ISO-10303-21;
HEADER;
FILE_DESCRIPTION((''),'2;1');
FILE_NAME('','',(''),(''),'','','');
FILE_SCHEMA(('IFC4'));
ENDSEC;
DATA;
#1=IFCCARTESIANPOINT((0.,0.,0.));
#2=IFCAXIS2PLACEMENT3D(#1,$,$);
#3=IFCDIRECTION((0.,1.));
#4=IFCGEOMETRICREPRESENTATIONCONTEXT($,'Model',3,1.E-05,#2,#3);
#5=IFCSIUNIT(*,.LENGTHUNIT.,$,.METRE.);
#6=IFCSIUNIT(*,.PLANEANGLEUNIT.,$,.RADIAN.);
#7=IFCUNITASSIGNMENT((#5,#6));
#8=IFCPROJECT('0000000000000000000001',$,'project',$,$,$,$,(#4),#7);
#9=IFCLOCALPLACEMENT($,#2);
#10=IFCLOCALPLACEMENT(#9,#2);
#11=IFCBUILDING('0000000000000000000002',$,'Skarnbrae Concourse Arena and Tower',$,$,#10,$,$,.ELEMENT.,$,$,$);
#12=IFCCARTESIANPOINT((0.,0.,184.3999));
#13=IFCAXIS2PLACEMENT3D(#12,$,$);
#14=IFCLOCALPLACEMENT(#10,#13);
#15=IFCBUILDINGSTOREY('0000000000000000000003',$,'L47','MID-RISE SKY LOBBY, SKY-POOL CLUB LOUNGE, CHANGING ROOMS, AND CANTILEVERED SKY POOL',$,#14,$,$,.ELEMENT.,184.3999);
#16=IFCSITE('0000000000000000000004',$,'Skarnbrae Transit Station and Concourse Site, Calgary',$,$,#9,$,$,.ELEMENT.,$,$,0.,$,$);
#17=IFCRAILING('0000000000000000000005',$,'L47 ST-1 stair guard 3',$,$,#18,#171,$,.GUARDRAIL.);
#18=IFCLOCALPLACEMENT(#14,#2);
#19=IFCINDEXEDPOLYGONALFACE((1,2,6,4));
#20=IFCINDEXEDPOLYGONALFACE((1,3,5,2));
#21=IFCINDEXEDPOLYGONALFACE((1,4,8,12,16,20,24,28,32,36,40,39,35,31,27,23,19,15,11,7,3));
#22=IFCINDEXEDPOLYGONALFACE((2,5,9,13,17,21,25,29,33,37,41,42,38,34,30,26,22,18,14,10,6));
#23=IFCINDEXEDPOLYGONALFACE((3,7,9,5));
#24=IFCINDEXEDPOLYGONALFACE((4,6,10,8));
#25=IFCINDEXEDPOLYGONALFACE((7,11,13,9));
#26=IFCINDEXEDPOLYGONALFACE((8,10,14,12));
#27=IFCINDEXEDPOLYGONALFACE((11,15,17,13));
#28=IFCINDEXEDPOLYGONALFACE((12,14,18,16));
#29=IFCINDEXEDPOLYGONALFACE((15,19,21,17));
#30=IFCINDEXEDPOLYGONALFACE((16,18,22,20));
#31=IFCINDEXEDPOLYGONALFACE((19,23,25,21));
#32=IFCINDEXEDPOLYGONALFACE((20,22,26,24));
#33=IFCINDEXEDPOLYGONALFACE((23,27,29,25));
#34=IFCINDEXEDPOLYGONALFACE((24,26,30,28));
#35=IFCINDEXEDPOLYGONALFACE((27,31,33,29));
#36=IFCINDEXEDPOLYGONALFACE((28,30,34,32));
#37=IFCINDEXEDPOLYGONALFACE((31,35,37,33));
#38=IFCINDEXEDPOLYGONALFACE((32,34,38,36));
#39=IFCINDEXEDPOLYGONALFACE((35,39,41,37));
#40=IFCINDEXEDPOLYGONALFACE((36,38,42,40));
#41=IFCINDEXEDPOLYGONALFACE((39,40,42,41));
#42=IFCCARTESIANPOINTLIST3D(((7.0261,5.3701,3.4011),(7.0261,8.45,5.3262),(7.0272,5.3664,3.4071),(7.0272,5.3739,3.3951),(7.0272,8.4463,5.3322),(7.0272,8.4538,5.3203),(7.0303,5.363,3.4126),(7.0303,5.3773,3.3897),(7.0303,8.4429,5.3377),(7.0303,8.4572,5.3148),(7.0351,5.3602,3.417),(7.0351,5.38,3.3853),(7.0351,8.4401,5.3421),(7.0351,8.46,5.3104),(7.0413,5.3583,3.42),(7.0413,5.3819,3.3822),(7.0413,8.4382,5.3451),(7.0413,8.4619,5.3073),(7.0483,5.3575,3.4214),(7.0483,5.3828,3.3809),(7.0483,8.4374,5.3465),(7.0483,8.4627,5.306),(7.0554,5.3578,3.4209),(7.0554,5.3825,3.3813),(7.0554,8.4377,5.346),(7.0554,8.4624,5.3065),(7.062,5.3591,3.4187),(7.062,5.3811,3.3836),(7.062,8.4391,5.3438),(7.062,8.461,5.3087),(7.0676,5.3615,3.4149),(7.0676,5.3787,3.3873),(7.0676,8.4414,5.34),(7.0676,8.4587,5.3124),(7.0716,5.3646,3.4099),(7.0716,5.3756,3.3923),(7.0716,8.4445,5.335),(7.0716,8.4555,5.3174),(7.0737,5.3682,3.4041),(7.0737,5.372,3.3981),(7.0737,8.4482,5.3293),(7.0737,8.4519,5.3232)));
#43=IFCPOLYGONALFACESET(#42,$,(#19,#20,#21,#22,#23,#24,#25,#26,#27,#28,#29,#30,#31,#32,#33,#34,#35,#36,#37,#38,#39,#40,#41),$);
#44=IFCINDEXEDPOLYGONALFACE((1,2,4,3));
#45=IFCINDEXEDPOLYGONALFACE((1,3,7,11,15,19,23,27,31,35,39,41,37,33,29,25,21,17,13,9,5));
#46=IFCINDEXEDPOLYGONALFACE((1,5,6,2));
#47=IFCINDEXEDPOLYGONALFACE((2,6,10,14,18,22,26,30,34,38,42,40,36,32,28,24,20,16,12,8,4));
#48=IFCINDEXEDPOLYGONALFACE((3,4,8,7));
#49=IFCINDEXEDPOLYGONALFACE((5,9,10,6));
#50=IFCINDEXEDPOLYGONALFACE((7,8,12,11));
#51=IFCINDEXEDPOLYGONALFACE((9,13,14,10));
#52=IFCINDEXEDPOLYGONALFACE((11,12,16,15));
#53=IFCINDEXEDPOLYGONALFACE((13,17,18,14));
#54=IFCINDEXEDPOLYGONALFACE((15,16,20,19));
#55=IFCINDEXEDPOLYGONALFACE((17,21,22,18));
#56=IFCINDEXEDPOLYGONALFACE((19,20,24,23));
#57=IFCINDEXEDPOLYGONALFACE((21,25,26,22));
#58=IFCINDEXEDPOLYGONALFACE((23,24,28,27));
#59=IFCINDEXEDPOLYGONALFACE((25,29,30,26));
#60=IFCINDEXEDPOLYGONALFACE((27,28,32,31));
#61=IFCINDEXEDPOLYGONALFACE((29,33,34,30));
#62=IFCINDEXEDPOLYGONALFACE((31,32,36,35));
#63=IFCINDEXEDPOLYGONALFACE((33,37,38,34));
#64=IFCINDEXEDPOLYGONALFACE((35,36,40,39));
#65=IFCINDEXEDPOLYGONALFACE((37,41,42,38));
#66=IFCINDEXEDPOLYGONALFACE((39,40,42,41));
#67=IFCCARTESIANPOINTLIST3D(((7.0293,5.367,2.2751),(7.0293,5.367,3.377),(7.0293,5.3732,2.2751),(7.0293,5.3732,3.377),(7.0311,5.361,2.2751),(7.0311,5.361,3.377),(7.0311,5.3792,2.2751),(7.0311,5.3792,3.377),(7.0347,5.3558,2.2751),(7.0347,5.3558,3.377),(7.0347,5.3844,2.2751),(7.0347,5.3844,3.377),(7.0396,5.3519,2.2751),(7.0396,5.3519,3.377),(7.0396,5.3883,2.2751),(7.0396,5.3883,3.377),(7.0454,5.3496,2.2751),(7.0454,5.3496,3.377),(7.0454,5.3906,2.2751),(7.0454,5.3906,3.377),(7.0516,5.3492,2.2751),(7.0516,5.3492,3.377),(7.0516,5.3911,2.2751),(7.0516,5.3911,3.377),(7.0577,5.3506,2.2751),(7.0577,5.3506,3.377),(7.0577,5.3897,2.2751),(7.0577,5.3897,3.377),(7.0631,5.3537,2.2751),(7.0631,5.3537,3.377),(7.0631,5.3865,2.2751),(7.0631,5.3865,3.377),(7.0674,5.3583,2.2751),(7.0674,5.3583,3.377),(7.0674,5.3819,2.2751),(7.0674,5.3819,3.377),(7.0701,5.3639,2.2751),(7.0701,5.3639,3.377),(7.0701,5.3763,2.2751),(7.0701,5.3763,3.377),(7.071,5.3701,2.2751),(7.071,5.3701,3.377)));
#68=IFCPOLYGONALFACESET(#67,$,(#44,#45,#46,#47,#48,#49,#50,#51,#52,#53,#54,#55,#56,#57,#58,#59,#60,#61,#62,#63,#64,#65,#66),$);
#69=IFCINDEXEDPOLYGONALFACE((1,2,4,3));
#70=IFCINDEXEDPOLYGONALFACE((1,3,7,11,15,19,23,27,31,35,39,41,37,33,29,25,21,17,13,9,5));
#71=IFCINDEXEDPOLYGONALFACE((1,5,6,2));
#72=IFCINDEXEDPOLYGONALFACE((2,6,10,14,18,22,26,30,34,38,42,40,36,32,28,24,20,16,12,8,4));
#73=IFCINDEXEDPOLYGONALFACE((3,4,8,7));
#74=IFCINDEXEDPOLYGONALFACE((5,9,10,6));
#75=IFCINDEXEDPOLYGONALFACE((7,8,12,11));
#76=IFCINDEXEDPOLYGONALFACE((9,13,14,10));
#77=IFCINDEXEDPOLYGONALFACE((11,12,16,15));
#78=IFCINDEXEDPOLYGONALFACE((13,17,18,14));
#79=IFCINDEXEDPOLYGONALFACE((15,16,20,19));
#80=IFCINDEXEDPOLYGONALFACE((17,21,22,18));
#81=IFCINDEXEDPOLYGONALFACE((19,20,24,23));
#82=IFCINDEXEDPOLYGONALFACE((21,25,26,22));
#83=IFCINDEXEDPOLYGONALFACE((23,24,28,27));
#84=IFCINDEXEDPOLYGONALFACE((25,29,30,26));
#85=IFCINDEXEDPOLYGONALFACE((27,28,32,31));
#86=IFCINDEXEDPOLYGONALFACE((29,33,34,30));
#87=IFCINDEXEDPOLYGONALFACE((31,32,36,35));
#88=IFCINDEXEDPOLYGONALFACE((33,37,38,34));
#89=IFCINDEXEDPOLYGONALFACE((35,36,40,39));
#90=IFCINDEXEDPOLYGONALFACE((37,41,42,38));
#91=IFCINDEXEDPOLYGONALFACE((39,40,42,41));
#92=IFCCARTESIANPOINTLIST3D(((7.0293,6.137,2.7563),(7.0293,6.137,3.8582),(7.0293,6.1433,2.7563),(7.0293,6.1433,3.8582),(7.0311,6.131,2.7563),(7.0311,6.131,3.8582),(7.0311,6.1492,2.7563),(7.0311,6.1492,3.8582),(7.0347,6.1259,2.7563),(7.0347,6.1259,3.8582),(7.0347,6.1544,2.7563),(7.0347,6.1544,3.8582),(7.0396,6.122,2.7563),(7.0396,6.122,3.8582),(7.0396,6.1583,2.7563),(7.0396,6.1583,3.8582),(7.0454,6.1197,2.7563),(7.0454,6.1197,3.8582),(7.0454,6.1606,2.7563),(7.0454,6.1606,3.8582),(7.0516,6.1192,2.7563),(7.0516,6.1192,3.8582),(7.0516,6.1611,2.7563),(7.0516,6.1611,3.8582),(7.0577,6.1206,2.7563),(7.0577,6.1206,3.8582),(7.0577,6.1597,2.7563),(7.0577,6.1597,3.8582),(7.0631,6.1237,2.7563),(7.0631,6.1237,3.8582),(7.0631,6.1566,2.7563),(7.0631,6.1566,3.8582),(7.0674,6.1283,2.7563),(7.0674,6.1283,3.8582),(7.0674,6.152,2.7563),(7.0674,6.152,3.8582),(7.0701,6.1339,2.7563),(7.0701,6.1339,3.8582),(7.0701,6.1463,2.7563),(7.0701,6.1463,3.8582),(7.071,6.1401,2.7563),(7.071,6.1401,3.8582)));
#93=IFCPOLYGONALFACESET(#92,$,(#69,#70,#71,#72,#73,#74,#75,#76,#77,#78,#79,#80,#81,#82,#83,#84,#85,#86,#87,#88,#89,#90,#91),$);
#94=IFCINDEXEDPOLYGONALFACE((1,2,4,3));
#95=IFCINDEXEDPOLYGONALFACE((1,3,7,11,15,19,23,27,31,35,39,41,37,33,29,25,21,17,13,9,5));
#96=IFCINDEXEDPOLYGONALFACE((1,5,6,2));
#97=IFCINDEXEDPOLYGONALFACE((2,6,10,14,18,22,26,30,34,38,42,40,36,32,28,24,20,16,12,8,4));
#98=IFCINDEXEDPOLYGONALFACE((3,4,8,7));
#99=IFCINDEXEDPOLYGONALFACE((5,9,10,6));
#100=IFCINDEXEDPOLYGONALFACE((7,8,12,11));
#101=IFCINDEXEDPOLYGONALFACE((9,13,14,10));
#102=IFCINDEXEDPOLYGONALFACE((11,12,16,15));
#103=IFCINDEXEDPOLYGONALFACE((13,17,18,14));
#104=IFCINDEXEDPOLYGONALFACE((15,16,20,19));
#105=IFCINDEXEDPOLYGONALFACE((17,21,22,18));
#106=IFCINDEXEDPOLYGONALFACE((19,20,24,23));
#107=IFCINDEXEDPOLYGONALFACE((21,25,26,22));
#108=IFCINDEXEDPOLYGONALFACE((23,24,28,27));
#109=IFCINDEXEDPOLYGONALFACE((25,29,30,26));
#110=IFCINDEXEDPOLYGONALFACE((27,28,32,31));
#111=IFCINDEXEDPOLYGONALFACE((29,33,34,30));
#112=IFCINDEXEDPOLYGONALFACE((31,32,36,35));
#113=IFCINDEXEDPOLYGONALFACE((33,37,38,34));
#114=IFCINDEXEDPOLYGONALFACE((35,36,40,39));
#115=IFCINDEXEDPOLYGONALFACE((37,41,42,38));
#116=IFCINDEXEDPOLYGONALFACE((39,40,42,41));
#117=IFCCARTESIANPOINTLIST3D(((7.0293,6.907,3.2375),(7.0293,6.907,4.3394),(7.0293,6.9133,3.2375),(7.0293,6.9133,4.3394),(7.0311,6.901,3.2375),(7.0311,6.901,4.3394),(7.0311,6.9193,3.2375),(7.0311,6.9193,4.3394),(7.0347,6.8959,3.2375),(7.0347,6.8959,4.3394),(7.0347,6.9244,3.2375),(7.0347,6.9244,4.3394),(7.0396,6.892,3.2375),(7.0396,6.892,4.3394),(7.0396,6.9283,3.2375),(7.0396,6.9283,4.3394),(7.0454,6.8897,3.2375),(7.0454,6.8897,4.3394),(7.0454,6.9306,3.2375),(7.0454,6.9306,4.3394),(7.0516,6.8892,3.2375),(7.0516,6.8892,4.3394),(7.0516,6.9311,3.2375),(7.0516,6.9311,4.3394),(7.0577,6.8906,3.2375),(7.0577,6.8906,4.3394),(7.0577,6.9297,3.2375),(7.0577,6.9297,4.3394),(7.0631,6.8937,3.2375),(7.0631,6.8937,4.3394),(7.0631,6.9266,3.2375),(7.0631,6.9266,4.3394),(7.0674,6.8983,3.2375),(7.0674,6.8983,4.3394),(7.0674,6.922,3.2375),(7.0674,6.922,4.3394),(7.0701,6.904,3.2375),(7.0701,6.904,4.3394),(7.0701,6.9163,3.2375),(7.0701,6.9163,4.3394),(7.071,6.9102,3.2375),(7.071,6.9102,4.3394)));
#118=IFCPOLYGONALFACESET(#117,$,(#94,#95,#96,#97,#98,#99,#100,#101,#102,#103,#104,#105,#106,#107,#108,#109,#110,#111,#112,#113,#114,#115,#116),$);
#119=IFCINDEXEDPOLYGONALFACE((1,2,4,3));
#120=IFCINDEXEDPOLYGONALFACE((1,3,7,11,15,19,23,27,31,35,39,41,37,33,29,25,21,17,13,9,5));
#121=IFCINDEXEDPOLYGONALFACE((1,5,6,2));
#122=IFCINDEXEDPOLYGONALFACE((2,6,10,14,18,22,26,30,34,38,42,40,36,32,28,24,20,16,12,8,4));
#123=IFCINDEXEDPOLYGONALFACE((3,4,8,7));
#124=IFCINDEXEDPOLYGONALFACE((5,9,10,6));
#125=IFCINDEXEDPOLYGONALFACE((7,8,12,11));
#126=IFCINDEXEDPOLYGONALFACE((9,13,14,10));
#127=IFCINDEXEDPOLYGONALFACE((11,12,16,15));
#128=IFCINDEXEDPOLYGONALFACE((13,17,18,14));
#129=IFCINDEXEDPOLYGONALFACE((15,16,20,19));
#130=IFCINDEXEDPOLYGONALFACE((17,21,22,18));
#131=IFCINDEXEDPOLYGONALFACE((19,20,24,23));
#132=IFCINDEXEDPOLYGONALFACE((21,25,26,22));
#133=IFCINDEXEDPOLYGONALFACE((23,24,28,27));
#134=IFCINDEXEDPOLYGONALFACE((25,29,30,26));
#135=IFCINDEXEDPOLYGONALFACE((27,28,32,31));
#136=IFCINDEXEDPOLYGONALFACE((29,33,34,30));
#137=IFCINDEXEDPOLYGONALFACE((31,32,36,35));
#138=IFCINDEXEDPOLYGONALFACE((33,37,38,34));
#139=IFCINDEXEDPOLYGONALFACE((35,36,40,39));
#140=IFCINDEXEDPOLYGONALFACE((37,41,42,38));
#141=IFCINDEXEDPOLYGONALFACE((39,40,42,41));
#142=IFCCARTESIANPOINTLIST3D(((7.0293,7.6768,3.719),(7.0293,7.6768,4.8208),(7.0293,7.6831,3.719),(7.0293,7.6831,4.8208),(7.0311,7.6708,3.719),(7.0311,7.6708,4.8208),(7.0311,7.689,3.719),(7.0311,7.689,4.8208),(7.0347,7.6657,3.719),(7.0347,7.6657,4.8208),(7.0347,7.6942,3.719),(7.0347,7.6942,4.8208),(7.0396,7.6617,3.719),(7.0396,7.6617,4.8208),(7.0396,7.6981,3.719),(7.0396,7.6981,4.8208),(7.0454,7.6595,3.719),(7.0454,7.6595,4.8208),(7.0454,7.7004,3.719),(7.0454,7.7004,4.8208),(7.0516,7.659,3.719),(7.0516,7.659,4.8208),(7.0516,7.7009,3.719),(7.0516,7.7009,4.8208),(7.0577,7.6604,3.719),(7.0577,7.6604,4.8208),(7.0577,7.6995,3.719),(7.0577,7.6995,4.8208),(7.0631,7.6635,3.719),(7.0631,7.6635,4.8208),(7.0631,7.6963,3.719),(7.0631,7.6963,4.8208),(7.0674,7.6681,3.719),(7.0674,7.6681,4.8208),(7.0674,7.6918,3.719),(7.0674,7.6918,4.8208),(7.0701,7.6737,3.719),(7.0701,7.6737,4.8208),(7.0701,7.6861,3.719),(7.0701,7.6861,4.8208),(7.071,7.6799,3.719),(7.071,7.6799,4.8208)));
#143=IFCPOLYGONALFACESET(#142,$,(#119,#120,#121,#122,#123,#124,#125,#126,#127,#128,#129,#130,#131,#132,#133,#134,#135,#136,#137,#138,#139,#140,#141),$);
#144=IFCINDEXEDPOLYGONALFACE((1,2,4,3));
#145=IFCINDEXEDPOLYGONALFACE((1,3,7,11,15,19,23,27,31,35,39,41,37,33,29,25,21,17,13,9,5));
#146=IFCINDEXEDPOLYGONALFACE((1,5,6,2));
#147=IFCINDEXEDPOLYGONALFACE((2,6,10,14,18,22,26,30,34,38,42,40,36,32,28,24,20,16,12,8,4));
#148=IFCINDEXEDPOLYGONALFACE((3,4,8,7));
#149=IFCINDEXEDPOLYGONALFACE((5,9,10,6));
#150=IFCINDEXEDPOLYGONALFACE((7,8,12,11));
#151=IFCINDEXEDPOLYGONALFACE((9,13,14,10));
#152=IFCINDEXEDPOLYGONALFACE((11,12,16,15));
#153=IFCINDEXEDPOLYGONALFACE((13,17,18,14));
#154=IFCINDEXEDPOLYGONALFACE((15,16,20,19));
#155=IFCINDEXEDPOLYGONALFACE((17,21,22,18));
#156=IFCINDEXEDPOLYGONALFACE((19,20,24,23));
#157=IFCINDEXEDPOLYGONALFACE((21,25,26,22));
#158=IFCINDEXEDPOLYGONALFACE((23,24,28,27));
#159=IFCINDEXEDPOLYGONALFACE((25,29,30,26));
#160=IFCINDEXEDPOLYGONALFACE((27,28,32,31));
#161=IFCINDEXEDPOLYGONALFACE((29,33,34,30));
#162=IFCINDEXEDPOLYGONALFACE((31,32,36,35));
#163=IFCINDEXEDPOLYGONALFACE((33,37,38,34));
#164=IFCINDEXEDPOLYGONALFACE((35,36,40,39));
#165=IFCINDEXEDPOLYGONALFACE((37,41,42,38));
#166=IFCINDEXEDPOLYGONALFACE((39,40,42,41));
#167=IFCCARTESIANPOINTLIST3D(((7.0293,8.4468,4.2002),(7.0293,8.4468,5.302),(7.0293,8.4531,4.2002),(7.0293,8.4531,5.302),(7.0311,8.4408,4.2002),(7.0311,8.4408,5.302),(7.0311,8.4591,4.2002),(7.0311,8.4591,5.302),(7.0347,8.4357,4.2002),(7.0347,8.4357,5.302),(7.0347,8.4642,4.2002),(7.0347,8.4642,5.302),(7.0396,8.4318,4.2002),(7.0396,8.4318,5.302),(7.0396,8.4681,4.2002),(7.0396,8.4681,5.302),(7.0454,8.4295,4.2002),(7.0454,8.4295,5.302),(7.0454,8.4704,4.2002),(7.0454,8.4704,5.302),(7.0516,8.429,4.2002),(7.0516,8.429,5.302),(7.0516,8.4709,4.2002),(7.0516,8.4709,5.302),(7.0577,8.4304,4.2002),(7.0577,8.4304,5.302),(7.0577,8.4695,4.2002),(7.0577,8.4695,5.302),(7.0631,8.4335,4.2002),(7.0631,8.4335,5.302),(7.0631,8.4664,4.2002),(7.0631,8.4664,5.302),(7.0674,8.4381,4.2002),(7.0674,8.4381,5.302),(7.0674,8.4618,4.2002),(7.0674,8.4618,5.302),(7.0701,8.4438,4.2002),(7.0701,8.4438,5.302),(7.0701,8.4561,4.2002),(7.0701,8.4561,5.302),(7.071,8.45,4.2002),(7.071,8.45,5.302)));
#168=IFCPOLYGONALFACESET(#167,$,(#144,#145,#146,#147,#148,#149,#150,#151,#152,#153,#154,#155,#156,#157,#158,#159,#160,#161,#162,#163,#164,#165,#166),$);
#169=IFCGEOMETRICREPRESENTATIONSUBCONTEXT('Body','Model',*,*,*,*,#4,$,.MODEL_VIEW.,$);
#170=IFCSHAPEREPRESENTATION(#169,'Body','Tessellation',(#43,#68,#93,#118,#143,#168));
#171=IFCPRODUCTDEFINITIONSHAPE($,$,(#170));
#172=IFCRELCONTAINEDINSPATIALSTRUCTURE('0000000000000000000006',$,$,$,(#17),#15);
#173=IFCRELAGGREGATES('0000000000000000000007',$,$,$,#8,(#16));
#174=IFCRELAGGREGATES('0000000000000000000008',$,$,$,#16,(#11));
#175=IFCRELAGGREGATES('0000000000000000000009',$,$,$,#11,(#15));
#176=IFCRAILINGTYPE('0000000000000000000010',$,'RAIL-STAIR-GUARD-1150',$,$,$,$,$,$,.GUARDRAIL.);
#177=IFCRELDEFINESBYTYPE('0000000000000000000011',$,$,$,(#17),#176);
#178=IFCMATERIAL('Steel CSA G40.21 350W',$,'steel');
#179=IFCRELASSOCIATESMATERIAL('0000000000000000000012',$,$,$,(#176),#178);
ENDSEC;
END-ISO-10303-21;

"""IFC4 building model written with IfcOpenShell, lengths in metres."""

from ifc_helpers import new_model, si_unit, direction, frame, origin, origin_2d, place, context, subcontext, project, spatial, circle, extrude, material, type_object, element, save


model = new_model("IFC4")

# Units and contexts
model_context = context("Model", 3, precision=1e-05, world=origin(), true_north=direction((0.0, 1.0)))
body_context = subcontext(model_context, "Body", "Model", "MODEL_VIEW")
ifc_project = project(units=[si_unit("LENGTHUNIT", "METRE"), si_unit("PLANEANGLEUNIT", "RADIAN")], contexts=[model_context])

# Site, building, storey
site_placement = place(None, origin())
site = spatial("IfcSite", under=ifc_project, at=site_placement, Name="Skarnbrae Transit Station and Concourse Site, Calgary", CompositionType="ELEMENT", RefElevation=0.0)
building_placement = place(site_placement, origin())
building = spatial("IfcBuilding", under=site, at=building_placement, Name="Skarnbrae Concourse Arena and Tower", CompositionType="ELEMENT")
storey_placement = place(building_placement, frame((0.0, 0.0, 184.3999)))
storey = spatial("IfcBuildingStorey", under=building, at=storey_placement, Name="L47", Description="MID-RISE SKY LOBBY, SKY-POOL CLUB LOUNGE, CHANGING ROOMS, AND CANTILEVERED SKY POOL", CompositionType="ELEMENT", Elevation=184.3999)

# Railing
ifc_material_1 = material(Name="Steel CSA G40.21 350W", Category="steel")
railing_type_1 = type_object("IfcRailingType", Name="RAIL-STAIR-GUARD-1150", PredefinedType="GUARDRAIL", material=ifc_material_1)
railing_1_placement = place(storey_placement, frame((7.05, 5.3701, 2.2751)))
element("IfcRailing", 1, at=railing_1_placement, inside=storey, type_object=railing_type_1, Name="L47 ST-1 stair guard 3", PredefinedType="GUARDRAIL", context=body_context, shape_type="SweptSolid", body=[
    extrude(circle(Radius=0.0239, at=origin_2d()), frame((0.0, 0.0, 1.126), z_axis=(0.0, 0.847979, 0.530029), x_axis=(-1.0, 0.0, 0.0)), (0.0, 0.0, 1.0), 3.6321),
    extrude(circle(Radius=0.021, at=origin_2d()), origin(), (0.0, 0.0, 1.0), 1.1018),
    extrude(circle(Radius=0.021, at=origin_2d()), frame((0.0, 0.77, 0.4812)), (0.0, 0.0, 1.0), 1.1018),
    extrude(circle(Radius=0.021, at=origin_2d()), frame((0.0, 1.54, 0.9624)), (0.0, 0.0, 1.0), 1.1018),
    extrude(circle(Radius=0.021, at=origin_2d()), frame((0.0, 2.3098, 1.4438)), (0.0, 0.0, 1.0), 1.1018),
    extrude(circle(Radius=0.021, at=origin_2d()), frame((0.0, 3.0798, 1.925)), (0.0, 0.0, 1.0), 1.1018),
])

save(model, "model.ifc")
